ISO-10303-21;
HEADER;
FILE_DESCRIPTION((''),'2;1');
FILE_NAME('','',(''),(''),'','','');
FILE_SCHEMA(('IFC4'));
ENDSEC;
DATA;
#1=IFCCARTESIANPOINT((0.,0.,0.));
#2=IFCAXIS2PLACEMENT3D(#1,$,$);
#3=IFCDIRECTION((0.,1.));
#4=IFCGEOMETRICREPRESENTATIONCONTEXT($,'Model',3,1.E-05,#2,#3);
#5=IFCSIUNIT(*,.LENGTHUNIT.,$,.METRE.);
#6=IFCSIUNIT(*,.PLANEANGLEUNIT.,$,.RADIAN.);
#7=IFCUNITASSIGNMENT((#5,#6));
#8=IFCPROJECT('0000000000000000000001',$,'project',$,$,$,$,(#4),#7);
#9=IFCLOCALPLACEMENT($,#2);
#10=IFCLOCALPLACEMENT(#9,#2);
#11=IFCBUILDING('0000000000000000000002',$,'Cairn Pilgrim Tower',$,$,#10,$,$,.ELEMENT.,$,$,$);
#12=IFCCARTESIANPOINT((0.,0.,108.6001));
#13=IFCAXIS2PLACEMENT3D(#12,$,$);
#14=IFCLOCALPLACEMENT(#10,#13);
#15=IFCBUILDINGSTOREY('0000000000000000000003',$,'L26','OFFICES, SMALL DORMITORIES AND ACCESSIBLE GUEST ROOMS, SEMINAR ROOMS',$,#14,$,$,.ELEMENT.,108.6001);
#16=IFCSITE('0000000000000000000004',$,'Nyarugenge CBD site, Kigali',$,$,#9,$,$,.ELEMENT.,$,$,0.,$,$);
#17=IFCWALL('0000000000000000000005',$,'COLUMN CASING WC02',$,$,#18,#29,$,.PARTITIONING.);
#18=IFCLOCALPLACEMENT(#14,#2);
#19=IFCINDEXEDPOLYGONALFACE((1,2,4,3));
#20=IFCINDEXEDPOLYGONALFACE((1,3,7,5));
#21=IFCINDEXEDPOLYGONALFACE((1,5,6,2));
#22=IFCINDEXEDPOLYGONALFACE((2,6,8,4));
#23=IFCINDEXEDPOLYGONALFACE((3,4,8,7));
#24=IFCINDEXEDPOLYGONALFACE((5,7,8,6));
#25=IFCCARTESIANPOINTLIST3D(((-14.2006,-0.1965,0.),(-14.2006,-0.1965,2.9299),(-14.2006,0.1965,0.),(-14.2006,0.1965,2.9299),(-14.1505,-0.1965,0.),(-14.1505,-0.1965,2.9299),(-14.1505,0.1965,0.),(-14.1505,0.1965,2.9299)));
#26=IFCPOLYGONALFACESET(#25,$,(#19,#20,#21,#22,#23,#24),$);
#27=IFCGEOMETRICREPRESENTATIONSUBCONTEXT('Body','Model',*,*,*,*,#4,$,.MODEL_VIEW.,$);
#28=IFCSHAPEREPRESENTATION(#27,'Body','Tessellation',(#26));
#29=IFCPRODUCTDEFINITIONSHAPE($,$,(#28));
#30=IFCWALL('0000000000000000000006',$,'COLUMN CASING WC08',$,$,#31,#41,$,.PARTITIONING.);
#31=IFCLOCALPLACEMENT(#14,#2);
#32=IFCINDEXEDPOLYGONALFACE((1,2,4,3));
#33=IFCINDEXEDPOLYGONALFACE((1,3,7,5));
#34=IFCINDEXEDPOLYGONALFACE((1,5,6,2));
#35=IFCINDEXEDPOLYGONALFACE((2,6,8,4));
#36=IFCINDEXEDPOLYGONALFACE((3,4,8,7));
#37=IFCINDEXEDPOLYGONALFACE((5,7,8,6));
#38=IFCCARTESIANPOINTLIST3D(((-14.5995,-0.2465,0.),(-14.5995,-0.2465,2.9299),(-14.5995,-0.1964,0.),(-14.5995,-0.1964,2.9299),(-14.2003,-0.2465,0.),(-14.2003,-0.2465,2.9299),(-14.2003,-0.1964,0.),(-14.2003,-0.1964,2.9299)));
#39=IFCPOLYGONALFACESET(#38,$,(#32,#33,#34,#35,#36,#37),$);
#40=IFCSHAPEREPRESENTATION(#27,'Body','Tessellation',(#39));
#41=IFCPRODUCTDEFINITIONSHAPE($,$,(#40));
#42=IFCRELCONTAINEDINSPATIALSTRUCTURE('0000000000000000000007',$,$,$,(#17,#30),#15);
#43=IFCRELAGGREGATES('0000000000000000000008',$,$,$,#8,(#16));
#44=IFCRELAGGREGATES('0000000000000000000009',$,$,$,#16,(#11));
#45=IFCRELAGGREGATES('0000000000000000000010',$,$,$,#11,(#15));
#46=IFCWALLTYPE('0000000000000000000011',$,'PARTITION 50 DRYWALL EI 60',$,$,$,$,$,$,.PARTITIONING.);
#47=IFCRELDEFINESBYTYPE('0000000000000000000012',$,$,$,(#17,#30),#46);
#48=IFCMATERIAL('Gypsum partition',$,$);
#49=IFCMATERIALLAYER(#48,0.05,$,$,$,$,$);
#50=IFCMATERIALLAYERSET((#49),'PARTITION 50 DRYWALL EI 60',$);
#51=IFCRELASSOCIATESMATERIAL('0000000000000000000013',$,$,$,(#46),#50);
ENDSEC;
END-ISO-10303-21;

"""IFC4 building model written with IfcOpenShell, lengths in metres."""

from ifc_helpers import new_model, si_unit, direction, frame, frame_2d, origin, place, context, subcontext, project, spatial, rectangle, extrude, material, layer, layer_set, type_object, element, save


model = new_model("IFC4")

# Units and contexts
model_context = context("Model", 3, precision=1e-05, world=origin(), true_north=direction((0.0, 1.0)))
body_context = subcontext(model_context, "Body", "Model", "MODEL_VIEW")
ifc_project = project(units=[si_unit("LENGTHUNIT", "METRE"), si_unit("PLANEANGLEUNIT", "RADIAN")], contexts=[model_context])

# Site, building, storey
site_placement = place(None, origin())
site = spatial("IfcSite", under=ifc_project, at=site_placement, Name="Nyarugenge CBD site, Kigali", CompositionType="ELEMENT", RefElevation=0.0)
building_placement = place(site_placement, origin())
building = spatial("IfcBuilding", under=site, at=building_placement, Name="Cairn Pilgrim Tower", CompositionType="ELEMENT")
storey_placement = place(building_placement, frame((0.0, 0.0, 108.6001)))
storey = spatial("IfcBuildingStorey", under=building, at=storey_placement, Name="L26", Description="OFFICES, SMALL DORMITORIES AND ACCESSIBLE GUEST ROOMS, SEMINAR ROOMS", CompositionType="ELEMENT", Elevation=108.6001)

# Shared definitions
ifc_material_1 = material(Name="Gypsum partition")

# Walls
ifc_layer_1 = layer(ifc_material_1, 0.05)
ifc_layer_set_1 = layer_set([ifc_layer_1], Name="PARTITION 50 DRYWALL EI 60")
wall_type_1 = type_object("IfcWallType", Name="PARTITION 50 DRYWALL EI 60", PredefinedType="PARTITIONING", material=ifc_layer_set_1)
wall_1_placement = place(storey_placement, frame((-14.1755, -0.1965, 0.0), z_axis=(0.0, 0.0, 1.0), x_axis=(0.0, 1.0, 0.0)))
element("IfcWall", 1, at=wall_1_placement, inside=storey, type_object=wall_type_1, Name="COLUMN CASING WC02", PredefinedType="PARTITIONING", context=body_context, shape_type="SweptSolid", body=[
    extrude(rectangle(XDim=0.3931, YDim=0.05, at=frame_2d((0.1965, 0.0))), origin(), (0.0, 0.0, 1.0), 2.9299),
])
wall_2_placement = place(storey_placement, frame((-14.5996, -0.2214, 0.0), z_axis=(0.0, 0.0, 1.0), x_axis=(1.0, 0.0, 0.0)))
element("IfcWall", 2, at=wall_2_placement, inside=storey, type_object=wall_type_1, Name="COLUMN CASING WC08", PredefinedType="PARTITIONING", context=body_context, shape_type="SweptSolid", body=[
    extrude(rectangle(XDim=0.3992, YDim=0.05, at=frame_2d((0.1997, 0.0))), origin(), (0.0, 0.0, 1.0), 2.9299),
])

save(model, "model.ifc")
